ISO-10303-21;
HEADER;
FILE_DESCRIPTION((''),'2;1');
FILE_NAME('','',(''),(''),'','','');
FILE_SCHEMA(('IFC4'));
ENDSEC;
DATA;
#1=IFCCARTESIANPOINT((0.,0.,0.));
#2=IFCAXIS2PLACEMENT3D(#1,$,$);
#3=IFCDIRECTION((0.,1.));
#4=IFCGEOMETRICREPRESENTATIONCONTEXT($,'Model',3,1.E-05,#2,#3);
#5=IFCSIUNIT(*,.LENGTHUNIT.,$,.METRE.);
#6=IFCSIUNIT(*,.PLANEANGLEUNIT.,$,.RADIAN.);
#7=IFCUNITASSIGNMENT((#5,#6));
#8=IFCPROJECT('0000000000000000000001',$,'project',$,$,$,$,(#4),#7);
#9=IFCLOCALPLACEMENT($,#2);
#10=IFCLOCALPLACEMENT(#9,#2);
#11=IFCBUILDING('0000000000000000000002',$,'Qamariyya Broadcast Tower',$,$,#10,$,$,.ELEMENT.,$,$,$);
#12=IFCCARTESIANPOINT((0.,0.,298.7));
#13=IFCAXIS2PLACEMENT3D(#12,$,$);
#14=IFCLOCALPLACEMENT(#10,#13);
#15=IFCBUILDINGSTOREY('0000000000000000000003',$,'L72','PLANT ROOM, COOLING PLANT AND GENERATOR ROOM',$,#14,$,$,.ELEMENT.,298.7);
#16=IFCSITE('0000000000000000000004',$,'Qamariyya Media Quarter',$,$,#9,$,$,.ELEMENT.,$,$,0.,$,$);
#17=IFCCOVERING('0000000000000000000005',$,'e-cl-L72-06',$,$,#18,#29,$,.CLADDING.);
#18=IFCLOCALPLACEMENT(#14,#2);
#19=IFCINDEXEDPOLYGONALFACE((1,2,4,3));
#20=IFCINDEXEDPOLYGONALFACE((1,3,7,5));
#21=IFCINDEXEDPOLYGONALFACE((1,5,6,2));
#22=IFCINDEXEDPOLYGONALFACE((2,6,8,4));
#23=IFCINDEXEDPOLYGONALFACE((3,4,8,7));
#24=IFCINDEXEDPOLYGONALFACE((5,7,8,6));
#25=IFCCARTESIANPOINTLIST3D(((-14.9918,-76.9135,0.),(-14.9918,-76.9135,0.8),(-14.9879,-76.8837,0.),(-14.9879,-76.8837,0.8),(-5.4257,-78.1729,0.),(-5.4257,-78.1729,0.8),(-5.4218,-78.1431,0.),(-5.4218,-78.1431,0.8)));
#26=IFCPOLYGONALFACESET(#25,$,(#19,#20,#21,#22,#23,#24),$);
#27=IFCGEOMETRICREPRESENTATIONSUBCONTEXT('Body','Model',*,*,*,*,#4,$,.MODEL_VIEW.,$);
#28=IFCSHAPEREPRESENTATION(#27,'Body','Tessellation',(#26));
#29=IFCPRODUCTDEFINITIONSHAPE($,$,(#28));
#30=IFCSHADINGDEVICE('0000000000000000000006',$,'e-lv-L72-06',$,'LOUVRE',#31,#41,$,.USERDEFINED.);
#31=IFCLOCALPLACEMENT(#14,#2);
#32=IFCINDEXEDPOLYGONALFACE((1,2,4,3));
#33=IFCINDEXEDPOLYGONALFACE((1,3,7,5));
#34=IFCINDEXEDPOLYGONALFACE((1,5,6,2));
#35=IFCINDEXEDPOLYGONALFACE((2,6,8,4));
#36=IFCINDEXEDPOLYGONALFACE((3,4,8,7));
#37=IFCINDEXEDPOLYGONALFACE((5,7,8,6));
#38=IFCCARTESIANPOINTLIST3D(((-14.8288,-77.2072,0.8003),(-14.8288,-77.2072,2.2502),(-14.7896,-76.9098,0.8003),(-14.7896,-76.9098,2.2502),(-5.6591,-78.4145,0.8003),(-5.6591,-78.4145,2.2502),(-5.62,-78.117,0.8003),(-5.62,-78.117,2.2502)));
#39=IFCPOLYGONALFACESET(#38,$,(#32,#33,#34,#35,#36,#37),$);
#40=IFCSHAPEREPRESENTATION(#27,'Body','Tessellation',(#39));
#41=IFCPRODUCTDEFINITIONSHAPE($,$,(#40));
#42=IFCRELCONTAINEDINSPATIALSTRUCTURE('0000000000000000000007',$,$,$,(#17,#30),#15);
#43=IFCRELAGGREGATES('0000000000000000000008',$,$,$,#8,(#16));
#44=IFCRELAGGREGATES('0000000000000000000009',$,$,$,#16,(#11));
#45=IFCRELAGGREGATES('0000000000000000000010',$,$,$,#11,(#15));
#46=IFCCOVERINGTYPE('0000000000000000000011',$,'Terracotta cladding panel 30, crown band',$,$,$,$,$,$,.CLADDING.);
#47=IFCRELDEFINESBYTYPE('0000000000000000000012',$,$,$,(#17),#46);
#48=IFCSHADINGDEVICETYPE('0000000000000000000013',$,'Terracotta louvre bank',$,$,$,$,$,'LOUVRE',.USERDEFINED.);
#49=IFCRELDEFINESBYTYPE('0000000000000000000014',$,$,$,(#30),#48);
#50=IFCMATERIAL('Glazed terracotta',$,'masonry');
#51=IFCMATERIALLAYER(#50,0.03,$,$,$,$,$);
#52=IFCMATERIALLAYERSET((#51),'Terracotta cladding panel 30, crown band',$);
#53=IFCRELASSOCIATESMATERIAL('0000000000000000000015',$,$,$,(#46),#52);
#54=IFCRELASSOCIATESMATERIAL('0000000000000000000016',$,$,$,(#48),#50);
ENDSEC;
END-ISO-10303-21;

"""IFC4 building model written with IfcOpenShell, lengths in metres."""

from ifc_helpers import new_model, si_unit, direction, frame, origin, origin_2d, place, context, subcontext, project, spatial, rectangle, extrude, material, layer, layer_set, type_object, element, save


model = new_model("IFC4")

# Units and contexts
model_context = context("Model", 3, precision=1e-05, world=origin(), true_north=direction((0.0, 1.0)))
body_context = subcontext(model_context, "Body", "Model", "MODEL_VIEW")
ifc_project = project(units=[si_unit("LENGTHUNIT", "METRE"), si_unit("PLANEANGLEUNIT", "RADIAN")], contexts=[model_context])

# Site, building, storey
site_placement = place(None, origin())
site = spatial("IfcSite", under=ifc_project, at=site_placement, Name="Qamariyya Media Quarter", CompositionType="ELEMENT", RefElevation=0.0)
building_placement = place(site_placement, origin())
building = spatial("IfcBuilding", under=site, at=building_placement, Name="Qamariyya Broadcast Tower", CompositionType="ELEMENT")
storey_placement = place(building_placement, frame((0.0, 0.0, 298.7)))
storey = spatial("IfcBuildingStorey", under=building, at=storey_placement, Name="L72", Description="PLANT ROOM, COOLING PLANT AND GENERATOR ROOM", CompositionType="ELEMENT", Elevation=298.7)

# Covering
ifc_material_1 = material(Name="Glazed terracotta", Category="masonry")
ifc_layer_1 = layer(ifc_material_1, 0.03)
ifc_layer_set_1 = layer_set([ifc_layer_1], Name="Terracotta cladding panel 30, crown band")
covering_type = type_object("IfcCoveringType", Name="Terracotta cladding panel 30, crown band", PredefinedType="CLADDING", material=ifc_layer_set_1)
covering_placement = place(storey_placement, frame((-10.2068, -77.5283, 0.0), z_axis=(0.0, 0.0, 1.0), x_axis=(0.991445, -0.130526, 0.0)))
element("IfcCovering", 1, at=covering_placement, inside=storey, type_object=covering_type, Name="e-cl-L72-06", PredefinedType="CLADDING", context=body_context, shape_type="SweptSolid", body=[
    extrude(rectangle(XDim=9.6487, YDim=0.03, at=origin_2d()), origin(), (0.0, 0.0, 1.0), 0.8),
])

# Shading device
shading_device_type = type_object("IfcShadingDeviceType", Name="Terracotta louvre bank", ElementType="LOUVRE", PredefinedType="USERDEFINED", material=ifc_material_1)
shading_device_placement = place(storey_placement, frame((-10.2244, -77.6621, 0.8003), z_axis=(0.0, 0.0, 1.0), x_axis=(0.991445, -0.130526, 0.0)))
element("IfcShadingDevice", 2, at=shading_device_placement, inside=storey, type_object=shading_device_type, Name="e-lv-L72-06", ObjectType="LOUVRE", PredefinedType="USERDEFINED", context=body_context, shape_type="SweptSolid", body=[
    extrude(rectangle(XDim=9.2488, YDim=0.3, at=origin_2d()), origin(), (0.0, 0.0, 1.0), 1.45),
])

save(model, "model.ifc")
